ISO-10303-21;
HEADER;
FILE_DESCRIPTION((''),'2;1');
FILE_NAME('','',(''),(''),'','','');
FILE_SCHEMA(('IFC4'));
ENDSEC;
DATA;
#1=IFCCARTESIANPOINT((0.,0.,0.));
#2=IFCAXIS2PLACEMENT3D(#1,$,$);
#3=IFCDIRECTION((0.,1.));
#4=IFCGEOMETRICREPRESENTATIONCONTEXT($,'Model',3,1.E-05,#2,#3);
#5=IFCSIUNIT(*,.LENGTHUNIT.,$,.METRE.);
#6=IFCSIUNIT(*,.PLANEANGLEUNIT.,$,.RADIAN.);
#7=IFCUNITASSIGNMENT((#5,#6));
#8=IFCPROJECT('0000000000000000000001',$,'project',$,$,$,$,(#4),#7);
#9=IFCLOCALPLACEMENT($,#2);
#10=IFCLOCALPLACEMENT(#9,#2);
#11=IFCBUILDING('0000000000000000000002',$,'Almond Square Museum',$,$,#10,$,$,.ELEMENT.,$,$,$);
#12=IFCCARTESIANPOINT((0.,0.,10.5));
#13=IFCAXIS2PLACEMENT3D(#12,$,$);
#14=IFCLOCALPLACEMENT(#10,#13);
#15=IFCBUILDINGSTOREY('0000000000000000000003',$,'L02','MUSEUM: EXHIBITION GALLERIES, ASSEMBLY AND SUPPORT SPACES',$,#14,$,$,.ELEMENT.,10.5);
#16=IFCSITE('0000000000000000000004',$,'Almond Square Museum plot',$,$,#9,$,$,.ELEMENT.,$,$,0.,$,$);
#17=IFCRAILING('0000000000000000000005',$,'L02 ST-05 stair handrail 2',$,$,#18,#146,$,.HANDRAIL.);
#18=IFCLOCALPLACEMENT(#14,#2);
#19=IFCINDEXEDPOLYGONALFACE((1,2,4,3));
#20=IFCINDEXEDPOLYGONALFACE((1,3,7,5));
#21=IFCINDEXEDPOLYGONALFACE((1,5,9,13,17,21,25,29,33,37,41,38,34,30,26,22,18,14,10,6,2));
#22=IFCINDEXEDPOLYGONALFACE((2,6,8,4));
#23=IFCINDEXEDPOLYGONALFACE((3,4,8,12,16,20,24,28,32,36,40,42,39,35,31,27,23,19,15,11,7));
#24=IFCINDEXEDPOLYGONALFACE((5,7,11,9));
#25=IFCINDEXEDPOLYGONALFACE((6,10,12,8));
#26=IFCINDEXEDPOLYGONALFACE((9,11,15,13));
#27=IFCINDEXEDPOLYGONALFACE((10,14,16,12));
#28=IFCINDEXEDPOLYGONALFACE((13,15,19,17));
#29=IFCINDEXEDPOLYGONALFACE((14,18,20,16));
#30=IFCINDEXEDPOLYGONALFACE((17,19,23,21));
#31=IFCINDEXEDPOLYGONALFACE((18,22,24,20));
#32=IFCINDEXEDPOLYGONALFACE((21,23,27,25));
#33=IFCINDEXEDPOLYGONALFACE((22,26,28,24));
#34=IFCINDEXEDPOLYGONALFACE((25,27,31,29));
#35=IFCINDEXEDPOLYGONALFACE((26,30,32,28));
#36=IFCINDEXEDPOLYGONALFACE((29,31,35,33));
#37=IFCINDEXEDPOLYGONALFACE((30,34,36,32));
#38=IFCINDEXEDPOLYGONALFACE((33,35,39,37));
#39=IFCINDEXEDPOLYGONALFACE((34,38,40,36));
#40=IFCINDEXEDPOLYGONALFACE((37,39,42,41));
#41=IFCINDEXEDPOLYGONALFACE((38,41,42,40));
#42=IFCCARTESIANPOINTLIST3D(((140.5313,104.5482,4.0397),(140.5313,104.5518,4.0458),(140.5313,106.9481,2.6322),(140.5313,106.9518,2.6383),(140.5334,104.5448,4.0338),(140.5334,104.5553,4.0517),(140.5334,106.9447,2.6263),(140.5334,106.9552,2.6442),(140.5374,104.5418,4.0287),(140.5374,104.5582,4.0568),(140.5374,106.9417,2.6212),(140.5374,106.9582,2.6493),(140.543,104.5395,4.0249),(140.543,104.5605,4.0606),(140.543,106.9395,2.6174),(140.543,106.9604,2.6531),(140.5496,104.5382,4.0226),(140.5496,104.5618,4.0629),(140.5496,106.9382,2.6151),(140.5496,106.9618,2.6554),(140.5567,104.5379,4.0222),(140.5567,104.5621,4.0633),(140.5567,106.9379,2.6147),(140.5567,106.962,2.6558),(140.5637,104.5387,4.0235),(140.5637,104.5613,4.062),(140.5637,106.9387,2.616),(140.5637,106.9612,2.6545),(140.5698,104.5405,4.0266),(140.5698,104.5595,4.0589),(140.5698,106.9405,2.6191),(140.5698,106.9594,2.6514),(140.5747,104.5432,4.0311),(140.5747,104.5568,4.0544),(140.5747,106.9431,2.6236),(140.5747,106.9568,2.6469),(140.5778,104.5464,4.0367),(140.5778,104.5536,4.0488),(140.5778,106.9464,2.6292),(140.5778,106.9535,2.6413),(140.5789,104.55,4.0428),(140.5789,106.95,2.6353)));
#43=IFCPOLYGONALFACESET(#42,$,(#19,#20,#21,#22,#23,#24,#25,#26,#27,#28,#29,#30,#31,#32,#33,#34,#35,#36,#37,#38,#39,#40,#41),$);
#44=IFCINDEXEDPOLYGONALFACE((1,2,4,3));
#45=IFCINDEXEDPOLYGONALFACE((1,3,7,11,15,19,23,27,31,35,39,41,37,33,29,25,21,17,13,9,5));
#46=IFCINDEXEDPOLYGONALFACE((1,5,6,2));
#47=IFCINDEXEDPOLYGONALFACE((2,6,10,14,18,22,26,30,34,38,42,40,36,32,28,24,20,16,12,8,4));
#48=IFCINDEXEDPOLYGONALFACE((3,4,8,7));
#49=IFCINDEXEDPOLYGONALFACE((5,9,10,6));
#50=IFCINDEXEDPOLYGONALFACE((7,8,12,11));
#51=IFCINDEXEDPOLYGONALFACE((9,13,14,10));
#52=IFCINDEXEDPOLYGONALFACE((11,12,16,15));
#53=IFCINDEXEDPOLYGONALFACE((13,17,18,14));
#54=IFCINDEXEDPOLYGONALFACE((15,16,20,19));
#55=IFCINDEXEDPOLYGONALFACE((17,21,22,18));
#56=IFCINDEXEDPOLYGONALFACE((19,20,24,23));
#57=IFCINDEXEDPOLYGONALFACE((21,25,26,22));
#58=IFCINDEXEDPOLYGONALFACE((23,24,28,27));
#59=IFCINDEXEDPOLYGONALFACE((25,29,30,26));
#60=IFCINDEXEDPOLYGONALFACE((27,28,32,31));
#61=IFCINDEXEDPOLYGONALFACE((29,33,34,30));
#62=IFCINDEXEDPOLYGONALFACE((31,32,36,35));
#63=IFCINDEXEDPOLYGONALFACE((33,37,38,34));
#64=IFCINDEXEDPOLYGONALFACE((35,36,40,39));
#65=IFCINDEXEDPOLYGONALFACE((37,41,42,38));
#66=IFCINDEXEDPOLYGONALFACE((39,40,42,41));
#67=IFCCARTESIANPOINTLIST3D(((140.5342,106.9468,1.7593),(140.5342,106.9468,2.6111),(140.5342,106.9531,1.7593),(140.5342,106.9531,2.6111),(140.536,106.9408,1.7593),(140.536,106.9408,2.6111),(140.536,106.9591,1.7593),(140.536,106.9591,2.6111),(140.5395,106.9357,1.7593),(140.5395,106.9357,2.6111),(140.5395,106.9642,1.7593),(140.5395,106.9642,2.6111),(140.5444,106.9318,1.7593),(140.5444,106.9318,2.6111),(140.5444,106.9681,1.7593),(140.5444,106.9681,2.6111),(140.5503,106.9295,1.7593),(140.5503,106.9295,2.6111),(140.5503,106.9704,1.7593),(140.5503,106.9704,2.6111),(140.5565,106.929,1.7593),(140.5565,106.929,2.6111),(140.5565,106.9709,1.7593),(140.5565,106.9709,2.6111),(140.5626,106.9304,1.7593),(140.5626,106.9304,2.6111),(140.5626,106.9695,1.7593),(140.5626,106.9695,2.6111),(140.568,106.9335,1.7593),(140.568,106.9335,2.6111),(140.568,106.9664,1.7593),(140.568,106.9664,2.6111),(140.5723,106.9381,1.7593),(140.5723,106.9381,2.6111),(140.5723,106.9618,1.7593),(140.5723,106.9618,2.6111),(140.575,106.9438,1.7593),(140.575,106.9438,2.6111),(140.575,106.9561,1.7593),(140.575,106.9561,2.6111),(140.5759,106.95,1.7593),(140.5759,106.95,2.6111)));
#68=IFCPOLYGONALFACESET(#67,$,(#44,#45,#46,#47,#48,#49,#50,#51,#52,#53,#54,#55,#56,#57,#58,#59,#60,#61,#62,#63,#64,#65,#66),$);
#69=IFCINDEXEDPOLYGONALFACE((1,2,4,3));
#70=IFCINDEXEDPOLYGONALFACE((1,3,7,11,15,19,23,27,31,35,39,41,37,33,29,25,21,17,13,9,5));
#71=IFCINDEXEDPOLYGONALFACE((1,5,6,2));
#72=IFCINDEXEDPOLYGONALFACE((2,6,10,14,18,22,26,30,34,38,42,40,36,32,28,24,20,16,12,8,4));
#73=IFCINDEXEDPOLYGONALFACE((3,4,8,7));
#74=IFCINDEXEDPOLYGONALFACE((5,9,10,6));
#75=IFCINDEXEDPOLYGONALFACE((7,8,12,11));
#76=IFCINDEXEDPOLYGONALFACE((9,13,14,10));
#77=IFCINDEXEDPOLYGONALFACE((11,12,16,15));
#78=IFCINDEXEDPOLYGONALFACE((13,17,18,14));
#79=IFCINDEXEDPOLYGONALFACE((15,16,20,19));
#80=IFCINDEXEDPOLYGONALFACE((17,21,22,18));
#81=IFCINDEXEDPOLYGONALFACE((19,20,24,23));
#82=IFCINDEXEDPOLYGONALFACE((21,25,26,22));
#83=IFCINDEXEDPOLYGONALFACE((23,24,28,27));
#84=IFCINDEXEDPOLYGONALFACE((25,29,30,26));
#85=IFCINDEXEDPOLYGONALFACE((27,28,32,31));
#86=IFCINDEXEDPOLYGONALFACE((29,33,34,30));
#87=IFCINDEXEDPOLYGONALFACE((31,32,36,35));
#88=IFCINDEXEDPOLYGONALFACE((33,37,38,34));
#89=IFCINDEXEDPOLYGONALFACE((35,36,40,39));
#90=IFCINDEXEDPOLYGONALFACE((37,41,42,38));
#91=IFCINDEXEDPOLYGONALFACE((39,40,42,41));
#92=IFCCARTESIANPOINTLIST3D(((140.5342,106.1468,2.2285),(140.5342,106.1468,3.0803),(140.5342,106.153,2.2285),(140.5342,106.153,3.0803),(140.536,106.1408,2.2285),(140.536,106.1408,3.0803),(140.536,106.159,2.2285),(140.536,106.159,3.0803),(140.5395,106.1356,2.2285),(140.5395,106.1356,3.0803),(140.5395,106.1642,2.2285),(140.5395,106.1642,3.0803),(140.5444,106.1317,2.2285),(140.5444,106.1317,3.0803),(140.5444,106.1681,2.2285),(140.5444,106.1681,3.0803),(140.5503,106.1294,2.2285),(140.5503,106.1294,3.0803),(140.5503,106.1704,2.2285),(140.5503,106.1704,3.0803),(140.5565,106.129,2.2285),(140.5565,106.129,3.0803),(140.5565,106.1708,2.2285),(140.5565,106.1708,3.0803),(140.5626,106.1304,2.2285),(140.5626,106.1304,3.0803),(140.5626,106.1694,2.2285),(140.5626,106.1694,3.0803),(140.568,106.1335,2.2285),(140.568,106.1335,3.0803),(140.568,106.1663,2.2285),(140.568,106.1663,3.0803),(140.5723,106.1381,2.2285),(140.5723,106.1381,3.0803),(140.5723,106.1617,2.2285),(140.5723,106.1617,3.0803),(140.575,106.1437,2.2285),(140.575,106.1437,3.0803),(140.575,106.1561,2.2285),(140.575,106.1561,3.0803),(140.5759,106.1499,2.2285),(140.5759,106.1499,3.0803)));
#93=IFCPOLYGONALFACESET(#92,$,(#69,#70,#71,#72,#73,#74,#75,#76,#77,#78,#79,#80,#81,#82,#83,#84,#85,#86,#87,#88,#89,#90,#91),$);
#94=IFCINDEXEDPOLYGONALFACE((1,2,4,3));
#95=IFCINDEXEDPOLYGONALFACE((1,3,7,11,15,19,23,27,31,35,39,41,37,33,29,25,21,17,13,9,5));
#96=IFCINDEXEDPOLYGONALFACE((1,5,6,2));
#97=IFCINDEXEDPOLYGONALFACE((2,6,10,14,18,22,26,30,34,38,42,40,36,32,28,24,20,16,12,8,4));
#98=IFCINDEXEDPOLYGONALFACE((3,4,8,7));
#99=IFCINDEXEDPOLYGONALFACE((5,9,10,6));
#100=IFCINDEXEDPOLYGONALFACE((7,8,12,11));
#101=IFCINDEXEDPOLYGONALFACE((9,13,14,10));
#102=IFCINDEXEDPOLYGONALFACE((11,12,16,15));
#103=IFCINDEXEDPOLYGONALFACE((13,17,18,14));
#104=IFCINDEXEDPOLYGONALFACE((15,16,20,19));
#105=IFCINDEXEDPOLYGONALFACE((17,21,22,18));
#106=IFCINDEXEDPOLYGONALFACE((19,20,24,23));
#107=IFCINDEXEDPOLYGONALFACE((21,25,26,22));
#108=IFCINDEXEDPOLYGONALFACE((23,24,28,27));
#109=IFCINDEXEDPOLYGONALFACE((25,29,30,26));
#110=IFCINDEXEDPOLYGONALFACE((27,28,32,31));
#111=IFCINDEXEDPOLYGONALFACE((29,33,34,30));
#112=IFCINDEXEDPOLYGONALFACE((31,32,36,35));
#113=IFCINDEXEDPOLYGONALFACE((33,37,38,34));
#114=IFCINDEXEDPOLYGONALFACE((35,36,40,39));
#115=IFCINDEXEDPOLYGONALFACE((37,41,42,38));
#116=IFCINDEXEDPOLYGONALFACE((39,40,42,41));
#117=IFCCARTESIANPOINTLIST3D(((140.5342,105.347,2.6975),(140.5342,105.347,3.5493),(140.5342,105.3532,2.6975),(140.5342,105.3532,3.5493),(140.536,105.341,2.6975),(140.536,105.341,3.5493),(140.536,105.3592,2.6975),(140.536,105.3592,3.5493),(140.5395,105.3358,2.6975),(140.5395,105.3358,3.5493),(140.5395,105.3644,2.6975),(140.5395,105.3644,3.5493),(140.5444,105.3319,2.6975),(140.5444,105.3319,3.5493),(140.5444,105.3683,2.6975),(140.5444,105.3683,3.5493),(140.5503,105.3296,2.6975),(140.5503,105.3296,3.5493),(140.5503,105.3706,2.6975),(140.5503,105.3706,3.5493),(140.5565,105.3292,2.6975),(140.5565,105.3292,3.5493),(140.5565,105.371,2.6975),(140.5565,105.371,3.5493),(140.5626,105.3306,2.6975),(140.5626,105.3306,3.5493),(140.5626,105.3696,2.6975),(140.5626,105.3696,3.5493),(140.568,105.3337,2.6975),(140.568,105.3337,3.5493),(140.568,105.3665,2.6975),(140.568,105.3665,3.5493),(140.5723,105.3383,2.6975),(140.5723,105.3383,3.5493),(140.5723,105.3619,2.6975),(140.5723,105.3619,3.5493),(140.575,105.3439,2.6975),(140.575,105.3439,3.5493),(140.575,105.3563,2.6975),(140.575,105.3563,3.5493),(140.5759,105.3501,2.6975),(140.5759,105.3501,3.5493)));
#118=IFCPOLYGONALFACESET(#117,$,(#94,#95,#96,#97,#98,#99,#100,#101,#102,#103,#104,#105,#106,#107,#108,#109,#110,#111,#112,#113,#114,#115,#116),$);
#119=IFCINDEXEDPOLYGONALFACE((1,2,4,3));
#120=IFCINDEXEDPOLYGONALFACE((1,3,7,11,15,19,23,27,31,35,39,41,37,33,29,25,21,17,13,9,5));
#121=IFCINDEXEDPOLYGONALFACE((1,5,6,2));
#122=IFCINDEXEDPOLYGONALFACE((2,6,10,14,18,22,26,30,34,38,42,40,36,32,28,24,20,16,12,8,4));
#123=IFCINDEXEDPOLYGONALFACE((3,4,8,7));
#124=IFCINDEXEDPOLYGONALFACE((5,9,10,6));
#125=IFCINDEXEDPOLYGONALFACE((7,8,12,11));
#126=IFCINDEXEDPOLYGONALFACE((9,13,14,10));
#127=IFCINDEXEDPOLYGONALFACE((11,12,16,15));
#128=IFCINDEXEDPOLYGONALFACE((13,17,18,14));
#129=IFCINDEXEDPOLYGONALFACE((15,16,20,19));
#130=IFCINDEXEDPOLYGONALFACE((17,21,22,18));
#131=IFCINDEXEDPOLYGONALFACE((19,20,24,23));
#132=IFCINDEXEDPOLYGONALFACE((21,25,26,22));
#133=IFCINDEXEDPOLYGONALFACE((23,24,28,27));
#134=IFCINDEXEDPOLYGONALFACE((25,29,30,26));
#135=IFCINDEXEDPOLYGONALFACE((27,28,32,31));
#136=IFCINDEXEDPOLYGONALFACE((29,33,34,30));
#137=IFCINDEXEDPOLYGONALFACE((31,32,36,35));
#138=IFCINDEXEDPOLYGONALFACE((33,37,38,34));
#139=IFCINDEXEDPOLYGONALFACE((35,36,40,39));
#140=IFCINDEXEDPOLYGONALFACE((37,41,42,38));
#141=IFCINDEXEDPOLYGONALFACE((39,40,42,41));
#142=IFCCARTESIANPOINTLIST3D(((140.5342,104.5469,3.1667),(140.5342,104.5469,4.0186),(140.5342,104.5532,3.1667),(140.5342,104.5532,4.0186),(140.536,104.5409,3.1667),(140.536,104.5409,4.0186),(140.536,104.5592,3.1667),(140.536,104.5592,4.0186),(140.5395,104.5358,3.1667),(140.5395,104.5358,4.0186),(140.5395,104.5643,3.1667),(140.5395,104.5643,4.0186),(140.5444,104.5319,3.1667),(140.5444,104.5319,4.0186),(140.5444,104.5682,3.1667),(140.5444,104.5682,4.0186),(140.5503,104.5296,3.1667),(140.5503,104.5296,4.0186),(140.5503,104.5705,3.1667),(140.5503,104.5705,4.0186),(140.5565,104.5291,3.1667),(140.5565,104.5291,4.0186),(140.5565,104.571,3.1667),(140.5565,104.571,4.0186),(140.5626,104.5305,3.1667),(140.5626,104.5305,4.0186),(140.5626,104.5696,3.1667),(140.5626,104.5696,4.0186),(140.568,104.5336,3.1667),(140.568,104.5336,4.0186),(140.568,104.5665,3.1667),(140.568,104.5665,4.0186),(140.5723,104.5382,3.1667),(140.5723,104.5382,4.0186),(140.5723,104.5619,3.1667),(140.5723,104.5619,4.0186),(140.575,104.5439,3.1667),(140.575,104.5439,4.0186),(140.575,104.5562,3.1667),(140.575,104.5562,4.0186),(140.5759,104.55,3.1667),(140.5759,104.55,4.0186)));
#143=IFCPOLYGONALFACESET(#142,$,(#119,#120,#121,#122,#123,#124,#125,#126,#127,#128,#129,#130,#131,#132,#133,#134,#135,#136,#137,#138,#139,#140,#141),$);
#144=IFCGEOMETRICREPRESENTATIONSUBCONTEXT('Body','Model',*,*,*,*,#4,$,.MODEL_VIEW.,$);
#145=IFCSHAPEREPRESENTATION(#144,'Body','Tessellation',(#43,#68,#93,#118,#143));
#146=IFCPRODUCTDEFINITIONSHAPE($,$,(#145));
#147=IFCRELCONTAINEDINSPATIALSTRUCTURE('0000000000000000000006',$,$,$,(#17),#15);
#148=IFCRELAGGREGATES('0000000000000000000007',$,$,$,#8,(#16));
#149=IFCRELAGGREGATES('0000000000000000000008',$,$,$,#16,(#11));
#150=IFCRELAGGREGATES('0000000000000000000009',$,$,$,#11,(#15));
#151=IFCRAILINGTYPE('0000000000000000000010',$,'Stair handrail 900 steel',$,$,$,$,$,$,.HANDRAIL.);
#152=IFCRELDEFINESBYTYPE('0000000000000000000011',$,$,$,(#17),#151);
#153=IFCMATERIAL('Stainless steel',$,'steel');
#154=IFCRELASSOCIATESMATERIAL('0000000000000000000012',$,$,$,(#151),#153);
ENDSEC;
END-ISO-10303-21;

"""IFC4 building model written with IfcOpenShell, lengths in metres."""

from ifc_helpers import new_model, si_unit, direction, frame, origin, origin_2d, place, context, subcontext, project, spatial, circle, extrude, material, type_object, element, save


model = new_model("IFC4")

# Units and contexts
model_context = context("Model", 3, precision=1e-05, world=origin(), true_north=direction((0.0, 1.0)))
body_context = subcontext(model_context, "Body", "Model", "MODEL_VIEW")
ifc_project = project(units=[si_unit("LENGTHUNIT", "METRE"), si_unit("PLANEANGLEUNIT", "RADIAN")], contexts=[model_context])

# Site, building, storey
site_placement = place(None, origin())
site = spatial("IfcSite", under=ifc_project, at=site_placement, Name="Almond Square Museum plot", CompositionType="ELEMENT", RefElevation=0.0)
building_placement = place(site_placement, origin())
building = spatial("IfcBuilding", under=site, at=building_placement, Name="Almond Square Museum", CompositionType="ELEMENT")
storey_placement = place(building_placement, frame((0.0, 0.0, 10.5)))
storey = spatial("IfcBuildingStorey", under=building, at=storey_placement, Name="L02", Description="MUSEUM: EXHIBITION GALLERIES, ASSEMBLY AND SUPPORT SPACES", CompositionType="ELEMENT", Elevation=10.5)

# Railing
ifc_material_1 = material(Name="Stainless steel", Category="steel")
railing_type_1 = type_object("IfcRailingType", Name="Stair handrail 900 steel", PredefinedType="HANDRAIL", material=ifc_material_1)
railing_1_placement = place(storey_placement, frame((140.5549, 106.95, 1.7593)))
element("IfcRailing", 1, at=railing_1_placement, inside=storey, type_object=railing_type_1, Name="L02 ST-05 stair handrail 2", PredefinedType="HANDRAIL", context=body_context, shape_type="SweptSolid", body=[
    extrude(circle(Radius=0.0239, at=origin_2d()), frame((0.0, 0.0, 0.876), z_axis=(0.0, -0.862599, 0.505888), x_axis=(1.0, 0.0, 0.0)), (0.0, 0.0, 1.0), 2.7822),
    extrude(circle(Radius=0.021, at=origin_2d()), origin(), (0.0, 0.0, 1.0), 0.8518),
    extrude(circle(Radius=0.021, at=origin_2d()), frame((0.0, -0.8, 0.4692)), (0.0, 0.0, 1.0), 0.8518),
    extrude(circle(Radius=0.021, at=origin_2d()), frame((0.0, -1.5999, 0.9382)), (0.0, 0.0, 1.0), 0.8518),
    extrude(circle(Radius=0.021, at=origin_2d()), frame((0.0, -2.3999, 1.4075)), (0.0, 0.0, 1.0), 0.8518),
])

save(model, "model.ifc")
